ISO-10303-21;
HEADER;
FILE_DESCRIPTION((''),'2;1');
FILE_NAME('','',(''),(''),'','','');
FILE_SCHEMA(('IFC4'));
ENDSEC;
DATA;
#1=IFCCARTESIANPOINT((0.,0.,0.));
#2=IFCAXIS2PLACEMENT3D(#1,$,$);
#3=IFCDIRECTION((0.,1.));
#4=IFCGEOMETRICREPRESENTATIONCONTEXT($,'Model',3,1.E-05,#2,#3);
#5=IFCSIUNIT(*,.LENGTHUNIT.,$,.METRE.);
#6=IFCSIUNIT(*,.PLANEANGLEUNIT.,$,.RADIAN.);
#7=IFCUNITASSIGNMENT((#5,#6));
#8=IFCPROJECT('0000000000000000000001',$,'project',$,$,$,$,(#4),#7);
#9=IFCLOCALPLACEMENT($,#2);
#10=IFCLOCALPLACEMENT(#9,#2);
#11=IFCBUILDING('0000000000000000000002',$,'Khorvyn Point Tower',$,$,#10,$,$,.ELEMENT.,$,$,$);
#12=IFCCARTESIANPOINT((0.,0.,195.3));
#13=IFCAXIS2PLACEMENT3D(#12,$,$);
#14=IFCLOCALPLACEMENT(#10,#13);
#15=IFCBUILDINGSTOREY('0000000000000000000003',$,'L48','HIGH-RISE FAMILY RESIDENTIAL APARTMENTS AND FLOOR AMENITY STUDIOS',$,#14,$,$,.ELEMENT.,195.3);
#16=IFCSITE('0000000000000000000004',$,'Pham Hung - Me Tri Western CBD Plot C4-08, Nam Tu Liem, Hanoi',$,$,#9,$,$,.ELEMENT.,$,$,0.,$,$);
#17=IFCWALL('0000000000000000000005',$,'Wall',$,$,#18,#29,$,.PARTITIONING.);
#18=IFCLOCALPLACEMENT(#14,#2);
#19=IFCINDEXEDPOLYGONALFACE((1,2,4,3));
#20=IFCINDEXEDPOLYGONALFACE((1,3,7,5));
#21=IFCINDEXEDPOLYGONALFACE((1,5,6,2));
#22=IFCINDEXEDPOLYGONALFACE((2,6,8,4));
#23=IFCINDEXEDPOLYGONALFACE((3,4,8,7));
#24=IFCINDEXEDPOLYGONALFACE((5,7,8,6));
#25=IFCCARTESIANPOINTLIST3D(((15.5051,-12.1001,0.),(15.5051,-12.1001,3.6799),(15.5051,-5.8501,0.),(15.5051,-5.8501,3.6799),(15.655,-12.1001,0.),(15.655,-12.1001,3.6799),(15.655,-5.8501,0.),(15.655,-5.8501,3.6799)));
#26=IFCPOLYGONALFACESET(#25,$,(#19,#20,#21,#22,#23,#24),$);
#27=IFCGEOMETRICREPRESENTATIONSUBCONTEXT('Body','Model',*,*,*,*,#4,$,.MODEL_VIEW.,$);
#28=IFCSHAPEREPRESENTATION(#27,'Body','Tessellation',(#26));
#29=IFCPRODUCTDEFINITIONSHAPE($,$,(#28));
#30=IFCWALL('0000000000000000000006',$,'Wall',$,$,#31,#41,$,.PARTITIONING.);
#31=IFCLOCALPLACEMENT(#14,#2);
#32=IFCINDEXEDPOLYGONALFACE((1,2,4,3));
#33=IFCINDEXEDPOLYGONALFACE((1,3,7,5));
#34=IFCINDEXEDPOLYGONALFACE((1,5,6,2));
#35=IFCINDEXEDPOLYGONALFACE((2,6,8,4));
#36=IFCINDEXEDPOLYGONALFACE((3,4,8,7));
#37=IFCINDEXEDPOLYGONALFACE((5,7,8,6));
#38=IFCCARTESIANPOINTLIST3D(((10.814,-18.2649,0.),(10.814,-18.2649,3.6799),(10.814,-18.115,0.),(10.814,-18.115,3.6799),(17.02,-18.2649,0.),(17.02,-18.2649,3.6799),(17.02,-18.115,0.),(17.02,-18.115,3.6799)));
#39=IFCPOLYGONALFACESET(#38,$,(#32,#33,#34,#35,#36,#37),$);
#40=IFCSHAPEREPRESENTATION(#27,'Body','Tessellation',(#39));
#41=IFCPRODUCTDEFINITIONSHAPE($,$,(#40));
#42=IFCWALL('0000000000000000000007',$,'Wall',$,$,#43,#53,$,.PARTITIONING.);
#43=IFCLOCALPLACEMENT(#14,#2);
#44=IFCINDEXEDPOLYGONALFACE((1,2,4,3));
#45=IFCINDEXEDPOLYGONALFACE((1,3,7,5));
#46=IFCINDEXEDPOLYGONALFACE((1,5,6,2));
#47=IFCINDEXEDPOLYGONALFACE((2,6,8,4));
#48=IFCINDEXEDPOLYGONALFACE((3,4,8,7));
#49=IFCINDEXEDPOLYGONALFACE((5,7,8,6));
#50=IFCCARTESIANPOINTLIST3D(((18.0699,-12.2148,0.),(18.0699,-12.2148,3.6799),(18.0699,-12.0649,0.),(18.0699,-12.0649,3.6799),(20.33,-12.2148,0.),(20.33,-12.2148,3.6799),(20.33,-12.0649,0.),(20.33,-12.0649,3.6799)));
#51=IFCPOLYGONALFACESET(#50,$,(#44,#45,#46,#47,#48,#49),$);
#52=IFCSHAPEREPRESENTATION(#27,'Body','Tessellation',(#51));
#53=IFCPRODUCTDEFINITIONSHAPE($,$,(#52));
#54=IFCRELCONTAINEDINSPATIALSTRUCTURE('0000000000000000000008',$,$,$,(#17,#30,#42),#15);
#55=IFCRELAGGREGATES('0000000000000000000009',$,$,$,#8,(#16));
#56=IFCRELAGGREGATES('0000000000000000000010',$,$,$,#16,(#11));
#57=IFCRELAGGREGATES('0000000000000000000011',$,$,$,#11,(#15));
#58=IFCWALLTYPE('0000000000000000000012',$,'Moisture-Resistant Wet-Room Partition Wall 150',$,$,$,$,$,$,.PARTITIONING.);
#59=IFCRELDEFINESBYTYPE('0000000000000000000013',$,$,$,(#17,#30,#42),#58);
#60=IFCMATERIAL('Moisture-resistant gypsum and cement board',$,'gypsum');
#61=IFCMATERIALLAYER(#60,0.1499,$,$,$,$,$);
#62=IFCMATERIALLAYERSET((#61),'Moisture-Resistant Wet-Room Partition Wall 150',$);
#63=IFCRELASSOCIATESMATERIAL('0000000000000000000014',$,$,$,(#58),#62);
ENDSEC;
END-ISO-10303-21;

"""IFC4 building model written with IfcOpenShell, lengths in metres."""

from ifc_helpers import new_model, si_unit, direction, frame, frame_2d, origin, place, context, subcontext, project, spatial, rectangle, extrude, material, layer, layer_set, type_object, element, save


model = new_model("IFC4")

# Units and contexts
model_context = context("Model", 3, precision=1e-05, world=origin(), true_north=direction((0.0, 1.0)))
body_context = subcontext(model_context, "Body", "Model", "MODEL_VIEW")
ifc_project = project(units=[si_unit("LENGTHUNIT", "METRE"), si_unit("PLANEANGLEUNIT", "RADIAN")], contexts=[model_context])

# Site, building, storey
site_placement = place(None, origin())
site = spatial("IfcSite", under=ifc_project, at=site_placement, Name="Pham Hung - Me Tri Western CBD Plot C4-08, Nam Tu Liem, Hanoi", CompositionType="ELEMENT", RefElevation=0.0)
building_placement = place(site_placement, origin())
building = spatial("IfcBuilding", under=site, at=building_placement, Name="Khorvyn Point Tower", CompositionType="ELEMENT")
storey_placement = place(building_placement, frame((0.0, 0.0, 195.3)))
storey = spatial("IfcBuildingStorey", under=building, at=storey_placement, Name="L48", Description="HIGH-RISE FAMILY RESIDENTIAL APARTMENTS AND FLOOR AMENITY STUDIOS", CompositionType="ELEMENT", Elevation=195.3)

# Shared definitions
ifc_material_1 = material(Name="Moisture-resistant gypsum and cement board", Category="gypsum")
ifc_layer_1 = layer(ifc_material_1, 0.1499)
ifc_layer_set_1 = layer_set([ifc_layer_1], Name="Moisture-Resistant Wet-Room Partition Wall 150")
wall_type = type_object("IfcWallType", Name="Moisture-Resistant Wet-Room Partition Wall 150", PredefinedType="PARTITIONING", material=ifc_layer_set_1)

# Walls
wall_1_placement = place(storey_placement, frame((15.5801, -12.1001, 0.0), z_axis=(0.0, 0.0, 1.0), x_axis=(0.0, 1.0, 0.0)))
element("IfcWall", 1, at=wall_1_placement, inside=storey, type_object=wall_type, Name="Wall", PredefinedType="PARTITIONING", context=body_context, shape_type="SweptSolid", body=[
    extrude(rectangle(XDim=6.25, YDim=0.1499, at=frame_2d((3.125, 0.0))), origin(), (0.0, 0.0, 1.0), 3.6799),
])
wall_2_placement = place(storey_placement, frame((10.814, -18.1899, 0.0), z_axis=(0.0, 0.0, 1.0), x_axis=(1.0, 0.0, 0.0)))
element("IfcWall", 2, at=wall_2_placement, inside=storey, type_object=wall_type, Name="Wall", PredefinedType="PARTITIONING", context=body_context, shape_type="SweptSolid", body=[
    extrude(rectangle(XDim=6.2061, YDim=0.1499, at=frame_2d((3.103, 0.0))), origin(), (0.0, 0.0, 1.0), 3.6799),
])
wall_3_placement = place(storey_placement, frame((18.0701, -12.1399, 0.0), z_axis=(0.0, 0.0, 1.0), x_axis=(1.0, 0.0, 0.0)))
element("IfcWall", 3, at=wall_3_placement, inside=storey, type_object=wall_type, Name="Wall", PredefinedType="PARTITIONING", context=body_context, shape_type="SweptSolid", body=[
    extrude(rectangle(XDim=2.26, YDim=0.1499, at=frame_2d((1.1299, 0.0))), origin(), (0.0, 0.0, 1.0), 3.6799),
])

save(model, "model.ifc")
